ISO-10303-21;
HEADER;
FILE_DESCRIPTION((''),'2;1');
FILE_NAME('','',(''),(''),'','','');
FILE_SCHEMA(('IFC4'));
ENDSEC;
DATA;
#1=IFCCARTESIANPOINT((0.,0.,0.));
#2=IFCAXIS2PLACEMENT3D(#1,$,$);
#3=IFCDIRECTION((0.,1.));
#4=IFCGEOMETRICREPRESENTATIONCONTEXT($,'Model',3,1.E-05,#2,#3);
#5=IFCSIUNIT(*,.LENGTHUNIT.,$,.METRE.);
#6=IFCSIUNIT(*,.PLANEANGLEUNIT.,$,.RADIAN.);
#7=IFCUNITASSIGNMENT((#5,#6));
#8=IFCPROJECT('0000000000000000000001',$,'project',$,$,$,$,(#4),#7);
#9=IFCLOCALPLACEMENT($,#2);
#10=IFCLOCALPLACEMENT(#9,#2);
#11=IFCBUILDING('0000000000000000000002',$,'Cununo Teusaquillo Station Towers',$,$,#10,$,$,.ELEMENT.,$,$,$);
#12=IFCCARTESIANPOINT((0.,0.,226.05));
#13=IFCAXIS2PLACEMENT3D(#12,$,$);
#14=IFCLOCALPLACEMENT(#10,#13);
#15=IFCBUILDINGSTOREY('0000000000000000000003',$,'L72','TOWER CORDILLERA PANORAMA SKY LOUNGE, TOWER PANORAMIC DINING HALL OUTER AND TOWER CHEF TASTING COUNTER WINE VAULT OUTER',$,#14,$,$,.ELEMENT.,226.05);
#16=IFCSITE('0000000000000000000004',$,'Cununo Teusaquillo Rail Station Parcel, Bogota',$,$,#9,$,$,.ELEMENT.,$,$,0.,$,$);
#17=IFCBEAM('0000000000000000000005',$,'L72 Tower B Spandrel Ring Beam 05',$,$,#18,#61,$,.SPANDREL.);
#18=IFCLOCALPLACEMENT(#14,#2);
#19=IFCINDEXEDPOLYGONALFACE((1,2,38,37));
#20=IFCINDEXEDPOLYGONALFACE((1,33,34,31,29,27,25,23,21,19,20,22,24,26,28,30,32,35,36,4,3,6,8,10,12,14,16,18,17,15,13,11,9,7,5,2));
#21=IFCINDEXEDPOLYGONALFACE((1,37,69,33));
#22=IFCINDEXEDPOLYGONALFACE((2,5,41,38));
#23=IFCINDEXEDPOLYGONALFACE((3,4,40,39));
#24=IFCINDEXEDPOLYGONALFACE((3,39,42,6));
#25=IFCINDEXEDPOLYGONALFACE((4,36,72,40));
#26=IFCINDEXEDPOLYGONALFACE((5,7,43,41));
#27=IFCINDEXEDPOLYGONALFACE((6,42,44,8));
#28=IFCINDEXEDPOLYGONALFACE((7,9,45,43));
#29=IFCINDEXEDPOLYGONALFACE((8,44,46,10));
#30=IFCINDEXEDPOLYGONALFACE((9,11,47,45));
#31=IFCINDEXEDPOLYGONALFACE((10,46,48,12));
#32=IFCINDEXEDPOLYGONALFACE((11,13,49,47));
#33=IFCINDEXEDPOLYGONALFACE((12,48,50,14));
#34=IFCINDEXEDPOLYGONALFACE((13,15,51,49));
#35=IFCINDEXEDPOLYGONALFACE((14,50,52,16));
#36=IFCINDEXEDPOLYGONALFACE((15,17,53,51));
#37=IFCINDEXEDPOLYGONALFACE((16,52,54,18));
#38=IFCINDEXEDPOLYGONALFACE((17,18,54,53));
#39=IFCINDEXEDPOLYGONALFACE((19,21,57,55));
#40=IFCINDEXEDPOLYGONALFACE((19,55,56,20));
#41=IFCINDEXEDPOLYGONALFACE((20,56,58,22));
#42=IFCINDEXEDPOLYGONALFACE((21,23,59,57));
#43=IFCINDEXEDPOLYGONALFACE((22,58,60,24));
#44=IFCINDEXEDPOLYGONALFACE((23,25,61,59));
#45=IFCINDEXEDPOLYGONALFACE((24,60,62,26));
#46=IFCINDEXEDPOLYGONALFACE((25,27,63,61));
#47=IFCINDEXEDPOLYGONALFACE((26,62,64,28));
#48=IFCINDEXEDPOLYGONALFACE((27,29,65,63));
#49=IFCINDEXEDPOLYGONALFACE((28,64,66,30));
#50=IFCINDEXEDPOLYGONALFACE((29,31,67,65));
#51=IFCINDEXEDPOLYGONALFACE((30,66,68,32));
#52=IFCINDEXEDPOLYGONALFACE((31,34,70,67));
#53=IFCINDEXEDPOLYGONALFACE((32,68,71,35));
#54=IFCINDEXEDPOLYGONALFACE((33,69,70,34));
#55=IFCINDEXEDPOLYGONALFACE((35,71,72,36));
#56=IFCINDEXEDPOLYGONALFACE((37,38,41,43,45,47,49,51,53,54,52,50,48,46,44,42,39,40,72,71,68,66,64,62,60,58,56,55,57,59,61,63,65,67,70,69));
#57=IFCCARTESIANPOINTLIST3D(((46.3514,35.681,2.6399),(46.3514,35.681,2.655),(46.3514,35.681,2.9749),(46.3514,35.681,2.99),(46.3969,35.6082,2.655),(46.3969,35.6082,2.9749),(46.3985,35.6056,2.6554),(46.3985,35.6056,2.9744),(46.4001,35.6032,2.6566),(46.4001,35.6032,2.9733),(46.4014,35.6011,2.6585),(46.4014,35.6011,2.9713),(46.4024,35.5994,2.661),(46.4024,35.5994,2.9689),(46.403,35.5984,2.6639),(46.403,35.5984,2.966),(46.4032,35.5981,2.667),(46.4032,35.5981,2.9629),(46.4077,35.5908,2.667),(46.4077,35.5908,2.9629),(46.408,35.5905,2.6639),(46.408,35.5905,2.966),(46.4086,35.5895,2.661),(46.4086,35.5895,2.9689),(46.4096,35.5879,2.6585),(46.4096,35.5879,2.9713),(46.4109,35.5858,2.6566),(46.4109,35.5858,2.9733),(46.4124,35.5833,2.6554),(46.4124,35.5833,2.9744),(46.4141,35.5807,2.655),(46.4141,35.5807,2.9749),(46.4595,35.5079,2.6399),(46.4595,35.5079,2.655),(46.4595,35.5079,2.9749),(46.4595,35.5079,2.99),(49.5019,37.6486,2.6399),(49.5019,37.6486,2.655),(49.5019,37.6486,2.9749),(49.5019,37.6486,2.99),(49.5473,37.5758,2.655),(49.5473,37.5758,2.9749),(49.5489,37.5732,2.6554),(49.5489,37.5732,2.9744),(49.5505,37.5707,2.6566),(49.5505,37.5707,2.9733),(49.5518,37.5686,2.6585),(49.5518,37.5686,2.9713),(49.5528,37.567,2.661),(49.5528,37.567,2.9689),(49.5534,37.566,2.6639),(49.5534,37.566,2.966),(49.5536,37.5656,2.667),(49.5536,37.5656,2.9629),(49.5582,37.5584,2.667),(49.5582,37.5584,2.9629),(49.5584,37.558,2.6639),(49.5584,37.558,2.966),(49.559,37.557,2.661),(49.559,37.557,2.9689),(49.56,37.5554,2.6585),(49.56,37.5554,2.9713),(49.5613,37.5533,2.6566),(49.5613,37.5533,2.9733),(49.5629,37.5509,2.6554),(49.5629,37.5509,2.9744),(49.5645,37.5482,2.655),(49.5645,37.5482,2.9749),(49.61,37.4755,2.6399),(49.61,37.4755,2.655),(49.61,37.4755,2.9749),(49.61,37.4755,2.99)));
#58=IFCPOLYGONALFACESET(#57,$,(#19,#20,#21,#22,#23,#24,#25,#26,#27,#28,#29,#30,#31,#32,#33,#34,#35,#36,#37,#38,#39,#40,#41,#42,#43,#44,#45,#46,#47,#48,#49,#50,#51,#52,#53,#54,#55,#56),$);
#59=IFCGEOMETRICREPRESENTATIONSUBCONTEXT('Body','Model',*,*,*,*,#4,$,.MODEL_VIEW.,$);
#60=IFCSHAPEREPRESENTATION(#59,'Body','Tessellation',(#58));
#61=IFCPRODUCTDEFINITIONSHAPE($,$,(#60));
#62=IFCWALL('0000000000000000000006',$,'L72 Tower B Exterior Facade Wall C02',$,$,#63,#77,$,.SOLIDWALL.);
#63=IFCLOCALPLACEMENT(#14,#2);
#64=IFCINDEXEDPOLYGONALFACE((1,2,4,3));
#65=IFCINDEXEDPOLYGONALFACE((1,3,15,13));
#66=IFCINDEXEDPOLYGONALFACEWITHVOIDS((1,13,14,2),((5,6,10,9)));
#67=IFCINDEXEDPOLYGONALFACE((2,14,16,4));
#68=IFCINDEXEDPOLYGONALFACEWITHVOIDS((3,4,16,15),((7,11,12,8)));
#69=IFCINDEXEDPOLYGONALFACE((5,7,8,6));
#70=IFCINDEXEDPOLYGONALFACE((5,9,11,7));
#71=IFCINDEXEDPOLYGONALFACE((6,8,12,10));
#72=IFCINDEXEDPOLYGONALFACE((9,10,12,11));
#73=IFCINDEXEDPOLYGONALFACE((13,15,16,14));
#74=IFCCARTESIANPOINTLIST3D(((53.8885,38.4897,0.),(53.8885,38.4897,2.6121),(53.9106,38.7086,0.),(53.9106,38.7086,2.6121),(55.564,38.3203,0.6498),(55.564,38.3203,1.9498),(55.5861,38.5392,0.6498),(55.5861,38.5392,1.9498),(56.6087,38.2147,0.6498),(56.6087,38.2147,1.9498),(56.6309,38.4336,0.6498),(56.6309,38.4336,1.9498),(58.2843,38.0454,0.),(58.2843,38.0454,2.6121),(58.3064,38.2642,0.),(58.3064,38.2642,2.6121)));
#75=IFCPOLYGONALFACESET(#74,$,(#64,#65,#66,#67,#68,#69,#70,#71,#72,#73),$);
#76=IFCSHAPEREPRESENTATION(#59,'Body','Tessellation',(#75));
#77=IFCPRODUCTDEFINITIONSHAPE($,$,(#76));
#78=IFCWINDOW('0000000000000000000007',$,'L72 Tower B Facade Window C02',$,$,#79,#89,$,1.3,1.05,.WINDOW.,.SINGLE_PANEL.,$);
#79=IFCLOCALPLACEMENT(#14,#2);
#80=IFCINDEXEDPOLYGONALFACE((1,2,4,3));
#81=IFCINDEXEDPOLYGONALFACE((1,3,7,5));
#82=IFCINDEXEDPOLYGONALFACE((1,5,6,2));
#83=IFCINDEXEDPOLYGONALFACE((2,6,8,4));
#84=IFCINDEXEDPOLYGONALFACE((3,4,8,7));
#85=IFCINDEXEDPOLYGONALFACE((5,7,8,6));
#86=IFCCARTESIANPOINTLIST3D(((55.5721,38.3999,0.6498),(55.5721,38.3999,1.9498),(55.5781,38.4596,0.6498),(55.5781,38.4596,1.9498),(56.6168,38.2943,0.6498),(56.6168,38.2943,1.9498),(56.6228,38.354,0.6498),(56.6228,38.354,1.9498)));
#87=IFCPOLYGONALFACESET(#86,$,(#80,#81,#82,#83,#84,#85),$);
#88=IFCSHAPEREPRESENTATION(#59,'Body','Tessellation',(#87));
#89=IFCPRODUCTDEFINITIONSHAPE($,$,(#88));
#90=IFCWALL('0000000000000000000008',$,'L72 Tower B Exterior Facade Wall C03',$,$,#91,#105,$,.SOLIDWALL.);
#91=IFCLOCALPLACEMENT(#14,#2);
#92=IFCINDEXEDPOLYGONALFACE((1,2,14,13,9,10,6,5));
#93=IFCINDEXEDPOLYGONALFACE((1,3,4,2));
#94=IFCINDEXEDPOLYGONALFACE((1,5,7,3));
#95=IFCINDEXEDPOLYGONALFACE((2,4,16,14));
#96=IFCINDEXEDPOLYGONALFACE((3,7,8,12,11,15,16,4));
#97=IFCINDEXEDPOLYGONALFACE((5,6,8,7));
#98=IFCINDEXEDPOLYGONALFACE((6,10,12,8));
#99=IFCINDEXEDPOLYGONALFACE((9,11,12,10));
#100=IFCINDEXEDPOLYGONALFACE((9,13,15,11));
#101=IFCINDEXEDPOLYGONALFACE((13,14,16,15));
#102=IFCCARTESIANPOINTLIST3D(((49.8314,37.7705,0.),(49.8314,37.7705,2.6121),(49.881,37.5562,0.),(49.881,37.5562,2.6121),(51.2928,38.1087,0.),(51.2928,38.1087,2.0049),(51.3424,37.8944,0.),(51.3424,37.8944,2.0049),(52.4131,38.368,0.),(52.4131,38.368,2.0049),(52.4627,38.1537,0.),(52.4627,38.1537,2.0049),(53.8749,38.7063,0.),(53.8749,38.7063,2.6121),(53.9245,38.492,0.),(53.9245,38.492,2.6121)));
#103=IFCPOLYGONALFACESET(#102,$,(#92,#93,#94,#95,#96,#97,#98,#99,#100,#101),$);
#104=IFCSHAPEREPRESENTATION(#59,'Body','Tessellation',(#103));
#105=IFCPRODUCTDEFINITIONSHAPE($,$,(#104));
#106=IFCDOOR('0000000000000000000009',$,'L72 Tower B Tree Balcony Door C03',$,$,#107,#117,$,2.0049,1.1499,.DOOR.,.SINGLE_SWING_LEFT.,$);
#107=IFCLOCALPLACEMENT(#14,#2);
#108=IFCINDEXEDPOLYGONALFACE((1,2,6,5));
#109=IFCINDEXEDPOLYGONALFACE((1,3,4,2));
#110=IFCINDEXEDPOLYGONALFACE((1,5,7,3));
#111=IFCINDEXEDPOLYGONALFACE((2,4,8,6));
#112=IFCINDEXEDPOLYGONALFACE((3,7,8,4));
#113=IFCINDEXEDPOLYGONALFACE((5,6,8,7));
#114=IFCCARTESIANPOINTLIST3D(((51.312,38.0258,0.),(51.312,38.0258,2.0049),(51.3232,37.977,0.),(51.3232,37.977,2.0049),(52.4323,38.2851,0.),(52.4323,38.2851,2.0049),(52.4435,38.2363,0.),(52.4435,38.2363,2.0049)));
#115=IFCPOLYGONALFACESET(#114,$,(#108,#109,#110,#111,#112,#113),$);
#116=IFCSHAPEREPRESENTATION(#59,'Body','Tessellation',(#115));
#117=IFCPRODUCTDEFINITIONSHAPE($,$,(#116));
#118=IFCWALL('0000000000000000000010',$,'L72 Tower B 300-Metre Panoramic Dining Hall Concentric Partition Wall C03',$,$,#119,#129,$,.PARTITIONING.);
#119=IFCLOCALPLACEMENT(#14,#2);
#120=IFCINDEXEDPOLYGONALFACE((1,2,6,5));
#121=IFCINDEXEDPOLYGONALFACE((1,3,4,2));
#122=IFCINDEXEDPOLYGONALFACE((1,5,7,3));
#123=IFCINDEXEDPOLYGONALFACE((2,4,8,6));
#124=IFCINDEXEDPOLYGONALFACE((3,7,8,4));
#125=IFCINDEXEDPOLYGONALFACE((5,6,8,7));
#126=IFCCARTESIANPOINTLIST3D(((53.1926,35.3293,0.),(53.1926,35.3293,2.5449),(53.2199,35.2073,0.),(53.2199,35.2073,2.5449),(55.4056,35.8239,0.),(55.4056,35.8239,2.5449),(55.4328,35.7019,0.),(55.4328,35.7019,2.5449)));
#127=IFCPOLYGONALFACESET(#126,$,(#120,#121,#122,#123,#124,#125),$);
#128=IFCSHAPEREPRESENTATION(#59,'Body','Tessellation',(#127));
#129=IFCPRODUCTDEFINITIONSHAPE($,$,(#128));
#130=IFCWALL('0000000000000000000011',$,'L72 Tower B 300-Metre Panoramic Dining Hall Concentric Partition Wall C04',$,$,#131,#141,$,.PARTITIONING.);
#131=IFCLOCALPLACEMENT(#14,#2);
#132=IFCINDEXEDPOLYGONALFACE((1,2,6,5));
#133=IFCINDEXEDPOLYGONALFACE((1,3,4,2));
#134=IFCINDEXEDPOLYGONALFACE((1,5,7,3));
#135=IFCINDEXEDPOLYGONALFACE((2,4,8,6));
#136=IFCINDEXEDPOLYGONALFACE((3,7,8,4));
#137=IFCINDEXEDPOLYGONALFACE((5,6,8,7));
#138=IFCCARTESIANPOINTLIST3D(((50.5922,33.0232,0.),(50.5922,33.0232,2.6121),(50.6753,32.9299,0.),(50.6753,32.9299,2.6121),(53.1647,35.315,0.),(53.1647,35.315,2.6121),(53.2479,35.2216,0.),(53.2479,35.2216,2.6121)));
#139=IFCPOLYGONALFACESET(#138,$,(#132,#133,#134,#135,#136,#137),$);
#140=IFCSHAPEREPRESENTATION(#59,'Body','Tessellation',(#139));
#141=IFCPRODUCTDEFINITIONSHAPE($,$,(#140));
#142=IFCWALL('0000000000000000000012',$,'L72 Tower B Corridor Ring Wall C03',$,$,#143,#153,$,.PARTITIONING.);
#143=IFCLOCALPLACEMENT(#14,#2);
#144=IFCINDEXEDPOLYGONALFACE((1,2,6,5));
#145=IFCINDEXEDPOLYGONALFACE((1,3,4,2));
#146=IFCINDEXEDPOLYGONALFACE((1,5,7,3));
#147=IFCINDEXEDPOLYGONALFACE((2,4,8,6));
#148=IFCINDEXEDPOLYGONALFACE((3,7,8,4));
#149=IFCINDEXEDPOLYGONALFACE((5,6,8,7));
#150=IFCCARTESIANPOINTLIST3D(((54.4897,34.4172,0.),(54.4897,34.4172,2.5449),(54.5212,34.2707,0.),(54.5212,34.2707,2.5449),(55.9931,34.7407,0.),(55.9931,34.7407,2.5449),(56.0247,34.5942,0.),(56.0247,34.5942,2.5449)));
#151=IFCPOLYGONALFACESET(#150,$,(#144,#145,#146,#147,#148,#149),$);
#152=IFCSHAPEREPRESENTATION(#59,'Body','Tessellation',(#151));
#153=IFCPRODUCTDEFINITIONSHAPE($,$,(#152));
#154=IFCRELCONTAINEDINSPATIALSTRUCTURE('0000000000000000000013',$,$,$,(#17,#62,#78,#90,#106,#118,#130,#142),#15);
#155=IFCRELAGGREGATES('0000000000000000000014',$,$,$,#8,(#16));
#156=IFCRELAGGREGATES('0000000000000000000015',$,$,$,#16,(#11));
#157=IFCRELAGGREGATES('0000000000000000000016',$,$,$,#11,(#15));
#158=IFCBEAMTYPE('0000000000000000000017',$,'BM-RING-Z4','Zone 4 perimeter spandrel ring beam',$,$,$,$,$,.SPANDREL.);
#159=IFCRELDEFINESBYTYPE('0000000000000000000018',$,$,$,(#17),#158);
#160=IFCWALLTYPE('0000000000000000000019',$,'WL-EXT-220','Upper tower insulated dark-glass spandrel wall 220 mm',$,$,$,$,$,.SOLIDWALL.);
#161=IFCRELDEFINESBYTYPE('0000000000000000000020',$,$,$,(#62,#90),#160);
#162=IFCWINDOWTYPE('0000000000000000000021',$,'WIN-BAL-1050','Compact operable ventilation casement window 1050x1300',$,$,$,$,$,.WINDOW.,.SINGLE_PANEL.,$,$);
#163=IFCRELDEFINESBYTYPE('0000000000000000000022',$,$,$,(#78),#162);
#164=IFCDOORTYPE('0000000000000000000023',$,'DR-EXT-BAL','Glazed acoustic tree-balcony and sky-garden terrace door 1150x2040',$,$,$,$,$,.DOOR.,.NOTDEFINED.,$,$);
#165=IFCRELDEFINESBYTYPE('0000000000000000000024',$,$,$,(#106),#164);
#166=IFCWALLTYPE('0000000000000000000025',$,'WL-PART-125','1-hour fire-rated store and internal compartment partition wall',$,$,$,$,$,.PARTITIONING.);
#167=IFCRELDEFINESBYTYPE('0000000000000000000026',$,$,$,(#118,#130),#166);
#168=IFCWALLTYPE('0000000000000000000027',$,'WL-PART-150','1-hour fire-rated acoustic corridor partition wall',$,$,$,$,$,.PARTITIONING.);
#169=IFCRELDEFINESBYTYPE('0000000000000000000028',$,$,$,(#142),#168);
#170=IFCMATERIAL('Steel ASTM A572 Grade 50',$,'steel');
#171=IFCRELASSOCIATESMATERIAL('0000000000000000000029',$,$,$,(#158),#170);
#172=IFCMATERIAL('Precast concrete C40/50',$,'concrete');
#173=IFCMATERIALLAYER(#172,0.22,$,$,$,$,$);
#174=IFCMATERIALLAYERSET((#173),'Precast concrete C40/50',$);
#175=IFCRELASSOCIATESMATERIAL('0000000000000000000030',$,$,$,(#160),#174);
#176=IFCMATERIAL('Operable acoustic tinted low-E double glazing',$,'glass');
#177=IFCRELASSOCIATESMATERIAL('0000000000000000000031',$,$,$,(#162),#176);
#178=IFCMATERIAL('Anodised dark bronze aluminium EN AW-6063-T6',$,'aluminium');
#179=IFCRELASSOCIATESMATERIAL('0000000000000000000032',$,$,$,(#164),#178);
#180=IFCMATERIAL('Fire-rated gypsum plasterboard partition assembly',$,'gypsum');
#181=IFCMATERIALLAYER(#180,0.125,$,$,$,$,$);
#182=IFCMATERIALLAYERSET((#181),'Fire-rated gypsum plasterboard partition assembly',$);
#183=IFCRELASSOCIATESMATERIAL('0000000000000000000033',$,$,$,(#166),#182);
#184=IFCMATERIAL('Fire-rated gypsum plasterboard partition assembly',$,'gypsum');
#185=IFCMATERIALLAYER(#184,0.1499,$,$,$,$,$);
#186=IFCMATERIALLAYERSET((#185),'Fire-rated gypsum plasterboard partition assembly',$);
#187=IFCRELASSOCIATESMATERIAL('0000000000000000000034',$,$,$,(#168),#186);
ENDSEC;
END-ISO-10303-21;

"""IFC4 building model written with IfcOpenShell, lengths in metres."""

from ifc_helpers import new_model, si_unit, direction, frame, frame_2d, origin, origin_2d, place, context, subcontext, project, spatial, rectangle, i_section, extrude, source, transform, mapped, material, layer, layer_set, material_profile, profile_set, type_object, element, fill, save


model = new_model("IFC4")

# Units and contexts
model_context = context("Model", 3, precision=1e-05, world=origin(), true_north=direction((0.0, 1.0)))
body_context = subcontext(model_context, "Body", "Model", "MODEL_VIEW")
ifc_project = project(units=[si_unit("LENGTHUNIT", "METRE"), si_unit("PLANEANGLEUNIT", "RADIAN")], contexts=[model_context])

# Site, building, storey
site_placement = place(None, origin())
site = spatial("IfcSite", under=ifc_project, at=site_placement, Name="Cununo Teusaquillo Rail Station Parcel, Bogota", CompositionType="ELEMENT", RefElevation=0.0)
building_placement = place(site_placement, origin())
building = spatial("IfcBuilding", under=site, at=building_placement, Name="Cununo Teusaquillo Station Towers", CompositionType="ELEMENT")
storey_placement = place(building_placement, frame((0.0, 0.0, 226.05)))
storey = spatial("IfcBuildingStorey", under=building, at=storey_placement, Name="L72", Description="TOWER CORDILLERA PANORAMA SKY LOUNGE, TOWER PANORAMIC DINING HALL OUTER AND TOWER CHEF TASTING COUNTER WINE VAULT OUTER", CompositionType="ELEMENT", Elevation=226.05)

# Beam
ifc_material_1 = material(Name="Steel ASTM A572 Grade 50", Category="steel")
ifc_material_profile_1 = material_profile(ifc_material_1, i_section(OverallWidth=0.2041, OverallDepth=0.3501, WebThickness=0.0085, FlangeThickness=0.0151, FilletRadius=0.012, at=origin_2d()), Name="W14X48")
ifc_profile_set_1 = profile_set([ifc_material_profile_1], Name="Steel ASTM A572 Grade 50")
beam_type_1 = type_object("IfcBeamType", Name="BM-RING-Z4", Description="Zone 4 perimeter spandrel ring beam", PredefinedType="SPANDREL", material=ifc_profile_set_1)
beam_1_placement = place(storey_placement, frame((49.5559, 37.562, 2.8149), z_axis=(-0.848176, -0.529715, 0.0), x_axis=(0.529715, -0.848176, 0.0)))
element("IfcBeam", 1, at=beam_1_placement, inside=storey, type_object=beam_type_1, Name="L72 Tower B Spandrel Ring Beam 05", PredefinedType="SPANDREL", context=body_context, shape_type="SweptSolid", body=[
    extrude(i_section(OverallWidth=0.2041, OverallDepth=0.3501, WebThickness=0.0085, FlangeThickness=0.0151, FilletRadius=0.012, at=origin_2d()), origin(), (0.0, 0.0, 1.0), 3.7144),
])

# Wall, opening, window
ifc_material_2 = material(Name="Precast concrete C40/50", Category="concrete")
ifc_layer_1 = layer(ifc_material_2, 0.22)
ifc_layer_set_1 = layer_set([ifc_layer_1], Name="Precast concrete C40/50")
wall_type_1 = type_object("IfcWallType", Name="WL-EXT-220", Description="Upper tower insulated dark-glass spandrel wall 220 mm", PredefinedType="SOLIDWALL", material=ifc_layer_set_1)
wall_1_placement = place(storey_placement, frame((53.8997, 38.5991, 0.0), z_axis=(0.0, 0.0, 1.0), x_axis=(0.99493, -0.100571, 0.0)))
wall_1 = element("IfcWall", 2, at=wall_1_placement, inside=storey, type_object=wall_type_1, Name="L72 Tower B Exterior Facade Wall C02", PredefinedType="SOLIDWALL", context=body_context, shape_type="SweptSolid", body=[
    extrude(rectangle(XDim=4.4182, YDim=0.22, at=frame_2d((2.209, 0.0))), origin(), (0.0, 0.0, 1.0), 2.6121),
])
shared_shape_1 = source(origin(), body_context, "Body", "SweptSolid", [
    extrude(rectangle(XDim=1.05, YDim=1.3, at=frame_2d((0.5249, 0.6499))), frame((0.0, 0.1199, 0.0), z_axis=(0.0, -1.0, 0.0), x_axis=(1.0, 0.0, 0.0)), (0.0, 0.0, 1.0), 0.24),
])
opening_1_placement = place(wall_1_placement, frame((1.6841, 0.0, 0.6499)))
opening_1 = element("IfcOpeningElement", 3, at=opening_1_placement, cuts=wall_1, PredefinedType="OPENING", context=body_context, shape_type="MappedRepresentation", body=[
    mapped(shared_shape_1, transform((0.0, 0.0, 0.0), x_axis=(1.0, 0.0, 0.0), y_axis=(0.0, 1.0, 0.0), z_axis=(0.0, 0.0, 1.0), scale=1.0)),
])
ifc_material_3 = material(Name="Operable acoustic tinted low-E double glazing", Category="glass")
window_type = type_object("IfcWindowType", Name="WIN-BAL-1050", Description="Compact operable ventilation casement window 1050x1300", PartitioningType="SINGLE_PANEL", PredefinedType="WINDOW", material=ifc_material_3)
shared_shape_2 = source(origin(), body_context, "Body", "SweptSolid", [
    extrude(rectangle(XDim=1.05, YDim=1.3, at=frame_2d((0.5249, 0.6499))), frame((0.0, 0.03, 0.0), z_axis=(0.0, -1.0, 0.0), x_axis=(1.0, 0.0, 0.0)), (0.0, 0.0, 1.0), 0.0601),
])
window_placement = place(opening_1_placement, origin())
window = element("IfcWindow", 4, at=window_placement, inside=storey, type_object=window_type, Name="L72 Tower B Facade Window C02", OverallHeight=1.3, OverallWidth=1.05, PartitioningType="SINGLE_PANEL", PredefinedType="WINDOW", context=body_context, shape_type="MappedRepresentation", body=[
    mapped(shared_shape_2, transform((0.0, 0.0, 0.0), x_axis=(1.0, 0.0, 0.0), y_axis=(0.0, 1.0, 0.0), z_axis=(0.0, 0.0, 1.0), scale=1.0)),
])
fill(opening_1, window)

# Wall, opening, door
wall_2_placement = place(storey_placement, frame((49.8562, 37.6633, 0.0), z_axis=(0.0, 0.0, 1.0), x_axis=(0.974249, 0.225474, 0.0)))
wall_2 = element("IfcWall", 5, at=wall_2_placement, inside=storey, type_object=wall_type_1, Name="L72 Tower B Exterior Facade Wall C03", PredefinedType="SOLIDWALL", context=body_context, shape_type="SweptSolid", body=[
    extrude(rectangle(XDim=4.1504, YDim=0.22, at=frame_2d((2.0752, 0.0))), origin(), (0.0, 0.0, 1.0), 2.6121),
])
shared_shape_3 = source(origin(), body_context, "Body", "SweptSolid", [
    extrude(rectangle(XDim=1.1499, YDim=2.0049, at=frame_2d((0.575, 1.0024))), frame((0.0, 0.1199, 0.0), z_axis=(0.0, -1.0, 0.0), x_axis=(1.0, 0.0, 0.0)), (0.0, 0.0, 1.0), 0.24),
])
opening_2_placement = place(wall_2_placement, frame((1.5, 0.0, 0.0)))
opening_2 = element("IfcOpeningElement", 6, at=opening_2_placement, cuts=wall_2, PredefinedType="OPENING", context=body_context, shape_type="MappedRepresentation", body=[
    mapped(shared_shape_3, transform((0.0, 0.0, 0.0), x_axis=(1.0, 0.0, 0.0), y_axis=(0.0, 1.0, 0.0), z_axis=(0.0, 0.0, 1.0), scale=1.0)),
])
ifc_material_4 = material(Name="Anodised dark bronze aluminium EN AW-6063-T6", Category="aluminium")
door_type_1 = type_object("IfcDoorType", Name="DR-EXT-BAL", Description="Glazed acoustic tree-balcony and sky-garden terrace door 1150x2040", OperationType="NOTDEFINED", PredefinedType="DOOR", material=ifc_material_4)
shared_shape_4 = source(origin(), body_context, "Body", "SweptSolid", [
    extrude(rectangle(XDim=1.1499, YDim=2.0049, at=frame_2d((0.575, 1.0024))), frame((0.0, 0.0249, 0.0), z_axis=(0.0, -1.0, 0.0), x_axis=(1.0, 0.0, 0.0)), (0.0, 0.0, 1.0), 0.05),
])
door_1_placement = place(opening_2_placement, origin())
door_1 = element("IfcDoor", 7, at=door_1_placement, inside=storey, type_object=door_type_1, Name="L72 Tower B Tree Balcony Door C03", OperationType="SINGLE_SWING_LEFT", OverallHeight=2.0049, OverallWidth=1.1499, PredefinedType="DOOR", context=body_context, shape_type="MappedRepresentation", body=[
    mapped(shared_shape_4, transform((0.0, 0.0, 0.0), x_axis=(1.0, 0.0, 0.0), y_axis=(0.0, 1.0, 0.0), z_axis=(0.0, 0.0, 1.0), scale=1.0)),
])
fill(opening_2, door_1)

# Walls
ifc_material_5 = material(Name="Fire-rated gypsum plasterboard partition assembly", Category="gypsum")
ifc_layer_2 = layer(ifc_material_5, 0.125)
ifc_layer_set_2 = layer_set([ifc_layer_2], Name="Fire-rated gypsum plasterboard partition assembly")
wall_type_2 = type_object("IfcWallType", Name="WL-PART-125", Description="1-hour fire-rated store and internal compartment partition wall", PredefinedType="PARTITIONING", material=ifc_layer_set_2)
wall_3_placement = place(storey_placement, frame((55.4192, 35.7629, 0.0), z_axis=(0.0, 0.0, 1.0), x_axis=(-0.975918, -0.218139, 0.0)))
element("IfcWall", 8, at=wall_3_placement, inside=storey, type_object=wall_type_2, Name="L72 Tower B 300-Metre Panoramic Dining Hall Concentric Partition Wall C03", PredefinedType="PARTITIONING", context=body_context, shape_type="SweptSolid", body=[
    extrude(rectangle(XDim=2.2676, YDim=0.125, at=frame_2d((1.1338, 0.0))), origin(), (0.0, 0.0, 1.0), 2.5449),
])
wall_4_placement = place(storey_placement, frame((53.2063, 35.2683, 0.0), z_axis=(0.0, 0.0, 1.0), x_axis=(-0.746678, -0.665186, 0.0)))
element("IfcWall", 9, at=wall_4_placement, inside=storey, type_object=wall_type_2, Name="L72 Tower B 300-Metre Panoramic Dining Hall Concentric Partition Wall C04", PredefinedType="PARTITIONING", context=body_context, shape_type="SweptSolid", body=[
    extrude(rectangle(XDim=3.4453, YDim=0.125, at=frame_2d((1.7227, 0.0))), origin(), (0.0, 0.0, 1.0), 2.6121),
])
ifc_material_6 = material(Name="Fire-rated gypsum plasterboard partition assembly", Category="gypsum")
ifc_layer_3 = layer(ifc_material_6, 0.1499)
ifc_layer_set_3 = layer_set([ifc_layer_3], Name="Fire-rated gypsum plasterboard partition assembly")
wall_type_3 = type_object("IfcWallType", Name="WL-PART-150", Description="1-hour fire-rated acoustic corridor partition wall", PredefinedType="PARTITIONING", material=ifc_layer_set_3)
wall_5_placement = place(storey_placement, frame((56.009, 34.6675, 0.0), z_axis=(0.0, 0.0, 1.0), x_axis=(-0.977625, -0.210353, 0.0)))
element("IfcWall", 10, at=wall_5_placement, inside=storey, type_object=wall_type_3, Name="L72 Tower B Corridor Ring Wall C03", PredefinedType="PARTITIONING", context=body_context, shape_type="SweptSolid", body=[
    extrude(rectangle(XDim=1.5378, YDim=0.1499, at=frame_2d((0.769, 0.0))), origin(), (0.0, 0.0, 1.0), 2.5449),
])

save(model, "model.ifc")
